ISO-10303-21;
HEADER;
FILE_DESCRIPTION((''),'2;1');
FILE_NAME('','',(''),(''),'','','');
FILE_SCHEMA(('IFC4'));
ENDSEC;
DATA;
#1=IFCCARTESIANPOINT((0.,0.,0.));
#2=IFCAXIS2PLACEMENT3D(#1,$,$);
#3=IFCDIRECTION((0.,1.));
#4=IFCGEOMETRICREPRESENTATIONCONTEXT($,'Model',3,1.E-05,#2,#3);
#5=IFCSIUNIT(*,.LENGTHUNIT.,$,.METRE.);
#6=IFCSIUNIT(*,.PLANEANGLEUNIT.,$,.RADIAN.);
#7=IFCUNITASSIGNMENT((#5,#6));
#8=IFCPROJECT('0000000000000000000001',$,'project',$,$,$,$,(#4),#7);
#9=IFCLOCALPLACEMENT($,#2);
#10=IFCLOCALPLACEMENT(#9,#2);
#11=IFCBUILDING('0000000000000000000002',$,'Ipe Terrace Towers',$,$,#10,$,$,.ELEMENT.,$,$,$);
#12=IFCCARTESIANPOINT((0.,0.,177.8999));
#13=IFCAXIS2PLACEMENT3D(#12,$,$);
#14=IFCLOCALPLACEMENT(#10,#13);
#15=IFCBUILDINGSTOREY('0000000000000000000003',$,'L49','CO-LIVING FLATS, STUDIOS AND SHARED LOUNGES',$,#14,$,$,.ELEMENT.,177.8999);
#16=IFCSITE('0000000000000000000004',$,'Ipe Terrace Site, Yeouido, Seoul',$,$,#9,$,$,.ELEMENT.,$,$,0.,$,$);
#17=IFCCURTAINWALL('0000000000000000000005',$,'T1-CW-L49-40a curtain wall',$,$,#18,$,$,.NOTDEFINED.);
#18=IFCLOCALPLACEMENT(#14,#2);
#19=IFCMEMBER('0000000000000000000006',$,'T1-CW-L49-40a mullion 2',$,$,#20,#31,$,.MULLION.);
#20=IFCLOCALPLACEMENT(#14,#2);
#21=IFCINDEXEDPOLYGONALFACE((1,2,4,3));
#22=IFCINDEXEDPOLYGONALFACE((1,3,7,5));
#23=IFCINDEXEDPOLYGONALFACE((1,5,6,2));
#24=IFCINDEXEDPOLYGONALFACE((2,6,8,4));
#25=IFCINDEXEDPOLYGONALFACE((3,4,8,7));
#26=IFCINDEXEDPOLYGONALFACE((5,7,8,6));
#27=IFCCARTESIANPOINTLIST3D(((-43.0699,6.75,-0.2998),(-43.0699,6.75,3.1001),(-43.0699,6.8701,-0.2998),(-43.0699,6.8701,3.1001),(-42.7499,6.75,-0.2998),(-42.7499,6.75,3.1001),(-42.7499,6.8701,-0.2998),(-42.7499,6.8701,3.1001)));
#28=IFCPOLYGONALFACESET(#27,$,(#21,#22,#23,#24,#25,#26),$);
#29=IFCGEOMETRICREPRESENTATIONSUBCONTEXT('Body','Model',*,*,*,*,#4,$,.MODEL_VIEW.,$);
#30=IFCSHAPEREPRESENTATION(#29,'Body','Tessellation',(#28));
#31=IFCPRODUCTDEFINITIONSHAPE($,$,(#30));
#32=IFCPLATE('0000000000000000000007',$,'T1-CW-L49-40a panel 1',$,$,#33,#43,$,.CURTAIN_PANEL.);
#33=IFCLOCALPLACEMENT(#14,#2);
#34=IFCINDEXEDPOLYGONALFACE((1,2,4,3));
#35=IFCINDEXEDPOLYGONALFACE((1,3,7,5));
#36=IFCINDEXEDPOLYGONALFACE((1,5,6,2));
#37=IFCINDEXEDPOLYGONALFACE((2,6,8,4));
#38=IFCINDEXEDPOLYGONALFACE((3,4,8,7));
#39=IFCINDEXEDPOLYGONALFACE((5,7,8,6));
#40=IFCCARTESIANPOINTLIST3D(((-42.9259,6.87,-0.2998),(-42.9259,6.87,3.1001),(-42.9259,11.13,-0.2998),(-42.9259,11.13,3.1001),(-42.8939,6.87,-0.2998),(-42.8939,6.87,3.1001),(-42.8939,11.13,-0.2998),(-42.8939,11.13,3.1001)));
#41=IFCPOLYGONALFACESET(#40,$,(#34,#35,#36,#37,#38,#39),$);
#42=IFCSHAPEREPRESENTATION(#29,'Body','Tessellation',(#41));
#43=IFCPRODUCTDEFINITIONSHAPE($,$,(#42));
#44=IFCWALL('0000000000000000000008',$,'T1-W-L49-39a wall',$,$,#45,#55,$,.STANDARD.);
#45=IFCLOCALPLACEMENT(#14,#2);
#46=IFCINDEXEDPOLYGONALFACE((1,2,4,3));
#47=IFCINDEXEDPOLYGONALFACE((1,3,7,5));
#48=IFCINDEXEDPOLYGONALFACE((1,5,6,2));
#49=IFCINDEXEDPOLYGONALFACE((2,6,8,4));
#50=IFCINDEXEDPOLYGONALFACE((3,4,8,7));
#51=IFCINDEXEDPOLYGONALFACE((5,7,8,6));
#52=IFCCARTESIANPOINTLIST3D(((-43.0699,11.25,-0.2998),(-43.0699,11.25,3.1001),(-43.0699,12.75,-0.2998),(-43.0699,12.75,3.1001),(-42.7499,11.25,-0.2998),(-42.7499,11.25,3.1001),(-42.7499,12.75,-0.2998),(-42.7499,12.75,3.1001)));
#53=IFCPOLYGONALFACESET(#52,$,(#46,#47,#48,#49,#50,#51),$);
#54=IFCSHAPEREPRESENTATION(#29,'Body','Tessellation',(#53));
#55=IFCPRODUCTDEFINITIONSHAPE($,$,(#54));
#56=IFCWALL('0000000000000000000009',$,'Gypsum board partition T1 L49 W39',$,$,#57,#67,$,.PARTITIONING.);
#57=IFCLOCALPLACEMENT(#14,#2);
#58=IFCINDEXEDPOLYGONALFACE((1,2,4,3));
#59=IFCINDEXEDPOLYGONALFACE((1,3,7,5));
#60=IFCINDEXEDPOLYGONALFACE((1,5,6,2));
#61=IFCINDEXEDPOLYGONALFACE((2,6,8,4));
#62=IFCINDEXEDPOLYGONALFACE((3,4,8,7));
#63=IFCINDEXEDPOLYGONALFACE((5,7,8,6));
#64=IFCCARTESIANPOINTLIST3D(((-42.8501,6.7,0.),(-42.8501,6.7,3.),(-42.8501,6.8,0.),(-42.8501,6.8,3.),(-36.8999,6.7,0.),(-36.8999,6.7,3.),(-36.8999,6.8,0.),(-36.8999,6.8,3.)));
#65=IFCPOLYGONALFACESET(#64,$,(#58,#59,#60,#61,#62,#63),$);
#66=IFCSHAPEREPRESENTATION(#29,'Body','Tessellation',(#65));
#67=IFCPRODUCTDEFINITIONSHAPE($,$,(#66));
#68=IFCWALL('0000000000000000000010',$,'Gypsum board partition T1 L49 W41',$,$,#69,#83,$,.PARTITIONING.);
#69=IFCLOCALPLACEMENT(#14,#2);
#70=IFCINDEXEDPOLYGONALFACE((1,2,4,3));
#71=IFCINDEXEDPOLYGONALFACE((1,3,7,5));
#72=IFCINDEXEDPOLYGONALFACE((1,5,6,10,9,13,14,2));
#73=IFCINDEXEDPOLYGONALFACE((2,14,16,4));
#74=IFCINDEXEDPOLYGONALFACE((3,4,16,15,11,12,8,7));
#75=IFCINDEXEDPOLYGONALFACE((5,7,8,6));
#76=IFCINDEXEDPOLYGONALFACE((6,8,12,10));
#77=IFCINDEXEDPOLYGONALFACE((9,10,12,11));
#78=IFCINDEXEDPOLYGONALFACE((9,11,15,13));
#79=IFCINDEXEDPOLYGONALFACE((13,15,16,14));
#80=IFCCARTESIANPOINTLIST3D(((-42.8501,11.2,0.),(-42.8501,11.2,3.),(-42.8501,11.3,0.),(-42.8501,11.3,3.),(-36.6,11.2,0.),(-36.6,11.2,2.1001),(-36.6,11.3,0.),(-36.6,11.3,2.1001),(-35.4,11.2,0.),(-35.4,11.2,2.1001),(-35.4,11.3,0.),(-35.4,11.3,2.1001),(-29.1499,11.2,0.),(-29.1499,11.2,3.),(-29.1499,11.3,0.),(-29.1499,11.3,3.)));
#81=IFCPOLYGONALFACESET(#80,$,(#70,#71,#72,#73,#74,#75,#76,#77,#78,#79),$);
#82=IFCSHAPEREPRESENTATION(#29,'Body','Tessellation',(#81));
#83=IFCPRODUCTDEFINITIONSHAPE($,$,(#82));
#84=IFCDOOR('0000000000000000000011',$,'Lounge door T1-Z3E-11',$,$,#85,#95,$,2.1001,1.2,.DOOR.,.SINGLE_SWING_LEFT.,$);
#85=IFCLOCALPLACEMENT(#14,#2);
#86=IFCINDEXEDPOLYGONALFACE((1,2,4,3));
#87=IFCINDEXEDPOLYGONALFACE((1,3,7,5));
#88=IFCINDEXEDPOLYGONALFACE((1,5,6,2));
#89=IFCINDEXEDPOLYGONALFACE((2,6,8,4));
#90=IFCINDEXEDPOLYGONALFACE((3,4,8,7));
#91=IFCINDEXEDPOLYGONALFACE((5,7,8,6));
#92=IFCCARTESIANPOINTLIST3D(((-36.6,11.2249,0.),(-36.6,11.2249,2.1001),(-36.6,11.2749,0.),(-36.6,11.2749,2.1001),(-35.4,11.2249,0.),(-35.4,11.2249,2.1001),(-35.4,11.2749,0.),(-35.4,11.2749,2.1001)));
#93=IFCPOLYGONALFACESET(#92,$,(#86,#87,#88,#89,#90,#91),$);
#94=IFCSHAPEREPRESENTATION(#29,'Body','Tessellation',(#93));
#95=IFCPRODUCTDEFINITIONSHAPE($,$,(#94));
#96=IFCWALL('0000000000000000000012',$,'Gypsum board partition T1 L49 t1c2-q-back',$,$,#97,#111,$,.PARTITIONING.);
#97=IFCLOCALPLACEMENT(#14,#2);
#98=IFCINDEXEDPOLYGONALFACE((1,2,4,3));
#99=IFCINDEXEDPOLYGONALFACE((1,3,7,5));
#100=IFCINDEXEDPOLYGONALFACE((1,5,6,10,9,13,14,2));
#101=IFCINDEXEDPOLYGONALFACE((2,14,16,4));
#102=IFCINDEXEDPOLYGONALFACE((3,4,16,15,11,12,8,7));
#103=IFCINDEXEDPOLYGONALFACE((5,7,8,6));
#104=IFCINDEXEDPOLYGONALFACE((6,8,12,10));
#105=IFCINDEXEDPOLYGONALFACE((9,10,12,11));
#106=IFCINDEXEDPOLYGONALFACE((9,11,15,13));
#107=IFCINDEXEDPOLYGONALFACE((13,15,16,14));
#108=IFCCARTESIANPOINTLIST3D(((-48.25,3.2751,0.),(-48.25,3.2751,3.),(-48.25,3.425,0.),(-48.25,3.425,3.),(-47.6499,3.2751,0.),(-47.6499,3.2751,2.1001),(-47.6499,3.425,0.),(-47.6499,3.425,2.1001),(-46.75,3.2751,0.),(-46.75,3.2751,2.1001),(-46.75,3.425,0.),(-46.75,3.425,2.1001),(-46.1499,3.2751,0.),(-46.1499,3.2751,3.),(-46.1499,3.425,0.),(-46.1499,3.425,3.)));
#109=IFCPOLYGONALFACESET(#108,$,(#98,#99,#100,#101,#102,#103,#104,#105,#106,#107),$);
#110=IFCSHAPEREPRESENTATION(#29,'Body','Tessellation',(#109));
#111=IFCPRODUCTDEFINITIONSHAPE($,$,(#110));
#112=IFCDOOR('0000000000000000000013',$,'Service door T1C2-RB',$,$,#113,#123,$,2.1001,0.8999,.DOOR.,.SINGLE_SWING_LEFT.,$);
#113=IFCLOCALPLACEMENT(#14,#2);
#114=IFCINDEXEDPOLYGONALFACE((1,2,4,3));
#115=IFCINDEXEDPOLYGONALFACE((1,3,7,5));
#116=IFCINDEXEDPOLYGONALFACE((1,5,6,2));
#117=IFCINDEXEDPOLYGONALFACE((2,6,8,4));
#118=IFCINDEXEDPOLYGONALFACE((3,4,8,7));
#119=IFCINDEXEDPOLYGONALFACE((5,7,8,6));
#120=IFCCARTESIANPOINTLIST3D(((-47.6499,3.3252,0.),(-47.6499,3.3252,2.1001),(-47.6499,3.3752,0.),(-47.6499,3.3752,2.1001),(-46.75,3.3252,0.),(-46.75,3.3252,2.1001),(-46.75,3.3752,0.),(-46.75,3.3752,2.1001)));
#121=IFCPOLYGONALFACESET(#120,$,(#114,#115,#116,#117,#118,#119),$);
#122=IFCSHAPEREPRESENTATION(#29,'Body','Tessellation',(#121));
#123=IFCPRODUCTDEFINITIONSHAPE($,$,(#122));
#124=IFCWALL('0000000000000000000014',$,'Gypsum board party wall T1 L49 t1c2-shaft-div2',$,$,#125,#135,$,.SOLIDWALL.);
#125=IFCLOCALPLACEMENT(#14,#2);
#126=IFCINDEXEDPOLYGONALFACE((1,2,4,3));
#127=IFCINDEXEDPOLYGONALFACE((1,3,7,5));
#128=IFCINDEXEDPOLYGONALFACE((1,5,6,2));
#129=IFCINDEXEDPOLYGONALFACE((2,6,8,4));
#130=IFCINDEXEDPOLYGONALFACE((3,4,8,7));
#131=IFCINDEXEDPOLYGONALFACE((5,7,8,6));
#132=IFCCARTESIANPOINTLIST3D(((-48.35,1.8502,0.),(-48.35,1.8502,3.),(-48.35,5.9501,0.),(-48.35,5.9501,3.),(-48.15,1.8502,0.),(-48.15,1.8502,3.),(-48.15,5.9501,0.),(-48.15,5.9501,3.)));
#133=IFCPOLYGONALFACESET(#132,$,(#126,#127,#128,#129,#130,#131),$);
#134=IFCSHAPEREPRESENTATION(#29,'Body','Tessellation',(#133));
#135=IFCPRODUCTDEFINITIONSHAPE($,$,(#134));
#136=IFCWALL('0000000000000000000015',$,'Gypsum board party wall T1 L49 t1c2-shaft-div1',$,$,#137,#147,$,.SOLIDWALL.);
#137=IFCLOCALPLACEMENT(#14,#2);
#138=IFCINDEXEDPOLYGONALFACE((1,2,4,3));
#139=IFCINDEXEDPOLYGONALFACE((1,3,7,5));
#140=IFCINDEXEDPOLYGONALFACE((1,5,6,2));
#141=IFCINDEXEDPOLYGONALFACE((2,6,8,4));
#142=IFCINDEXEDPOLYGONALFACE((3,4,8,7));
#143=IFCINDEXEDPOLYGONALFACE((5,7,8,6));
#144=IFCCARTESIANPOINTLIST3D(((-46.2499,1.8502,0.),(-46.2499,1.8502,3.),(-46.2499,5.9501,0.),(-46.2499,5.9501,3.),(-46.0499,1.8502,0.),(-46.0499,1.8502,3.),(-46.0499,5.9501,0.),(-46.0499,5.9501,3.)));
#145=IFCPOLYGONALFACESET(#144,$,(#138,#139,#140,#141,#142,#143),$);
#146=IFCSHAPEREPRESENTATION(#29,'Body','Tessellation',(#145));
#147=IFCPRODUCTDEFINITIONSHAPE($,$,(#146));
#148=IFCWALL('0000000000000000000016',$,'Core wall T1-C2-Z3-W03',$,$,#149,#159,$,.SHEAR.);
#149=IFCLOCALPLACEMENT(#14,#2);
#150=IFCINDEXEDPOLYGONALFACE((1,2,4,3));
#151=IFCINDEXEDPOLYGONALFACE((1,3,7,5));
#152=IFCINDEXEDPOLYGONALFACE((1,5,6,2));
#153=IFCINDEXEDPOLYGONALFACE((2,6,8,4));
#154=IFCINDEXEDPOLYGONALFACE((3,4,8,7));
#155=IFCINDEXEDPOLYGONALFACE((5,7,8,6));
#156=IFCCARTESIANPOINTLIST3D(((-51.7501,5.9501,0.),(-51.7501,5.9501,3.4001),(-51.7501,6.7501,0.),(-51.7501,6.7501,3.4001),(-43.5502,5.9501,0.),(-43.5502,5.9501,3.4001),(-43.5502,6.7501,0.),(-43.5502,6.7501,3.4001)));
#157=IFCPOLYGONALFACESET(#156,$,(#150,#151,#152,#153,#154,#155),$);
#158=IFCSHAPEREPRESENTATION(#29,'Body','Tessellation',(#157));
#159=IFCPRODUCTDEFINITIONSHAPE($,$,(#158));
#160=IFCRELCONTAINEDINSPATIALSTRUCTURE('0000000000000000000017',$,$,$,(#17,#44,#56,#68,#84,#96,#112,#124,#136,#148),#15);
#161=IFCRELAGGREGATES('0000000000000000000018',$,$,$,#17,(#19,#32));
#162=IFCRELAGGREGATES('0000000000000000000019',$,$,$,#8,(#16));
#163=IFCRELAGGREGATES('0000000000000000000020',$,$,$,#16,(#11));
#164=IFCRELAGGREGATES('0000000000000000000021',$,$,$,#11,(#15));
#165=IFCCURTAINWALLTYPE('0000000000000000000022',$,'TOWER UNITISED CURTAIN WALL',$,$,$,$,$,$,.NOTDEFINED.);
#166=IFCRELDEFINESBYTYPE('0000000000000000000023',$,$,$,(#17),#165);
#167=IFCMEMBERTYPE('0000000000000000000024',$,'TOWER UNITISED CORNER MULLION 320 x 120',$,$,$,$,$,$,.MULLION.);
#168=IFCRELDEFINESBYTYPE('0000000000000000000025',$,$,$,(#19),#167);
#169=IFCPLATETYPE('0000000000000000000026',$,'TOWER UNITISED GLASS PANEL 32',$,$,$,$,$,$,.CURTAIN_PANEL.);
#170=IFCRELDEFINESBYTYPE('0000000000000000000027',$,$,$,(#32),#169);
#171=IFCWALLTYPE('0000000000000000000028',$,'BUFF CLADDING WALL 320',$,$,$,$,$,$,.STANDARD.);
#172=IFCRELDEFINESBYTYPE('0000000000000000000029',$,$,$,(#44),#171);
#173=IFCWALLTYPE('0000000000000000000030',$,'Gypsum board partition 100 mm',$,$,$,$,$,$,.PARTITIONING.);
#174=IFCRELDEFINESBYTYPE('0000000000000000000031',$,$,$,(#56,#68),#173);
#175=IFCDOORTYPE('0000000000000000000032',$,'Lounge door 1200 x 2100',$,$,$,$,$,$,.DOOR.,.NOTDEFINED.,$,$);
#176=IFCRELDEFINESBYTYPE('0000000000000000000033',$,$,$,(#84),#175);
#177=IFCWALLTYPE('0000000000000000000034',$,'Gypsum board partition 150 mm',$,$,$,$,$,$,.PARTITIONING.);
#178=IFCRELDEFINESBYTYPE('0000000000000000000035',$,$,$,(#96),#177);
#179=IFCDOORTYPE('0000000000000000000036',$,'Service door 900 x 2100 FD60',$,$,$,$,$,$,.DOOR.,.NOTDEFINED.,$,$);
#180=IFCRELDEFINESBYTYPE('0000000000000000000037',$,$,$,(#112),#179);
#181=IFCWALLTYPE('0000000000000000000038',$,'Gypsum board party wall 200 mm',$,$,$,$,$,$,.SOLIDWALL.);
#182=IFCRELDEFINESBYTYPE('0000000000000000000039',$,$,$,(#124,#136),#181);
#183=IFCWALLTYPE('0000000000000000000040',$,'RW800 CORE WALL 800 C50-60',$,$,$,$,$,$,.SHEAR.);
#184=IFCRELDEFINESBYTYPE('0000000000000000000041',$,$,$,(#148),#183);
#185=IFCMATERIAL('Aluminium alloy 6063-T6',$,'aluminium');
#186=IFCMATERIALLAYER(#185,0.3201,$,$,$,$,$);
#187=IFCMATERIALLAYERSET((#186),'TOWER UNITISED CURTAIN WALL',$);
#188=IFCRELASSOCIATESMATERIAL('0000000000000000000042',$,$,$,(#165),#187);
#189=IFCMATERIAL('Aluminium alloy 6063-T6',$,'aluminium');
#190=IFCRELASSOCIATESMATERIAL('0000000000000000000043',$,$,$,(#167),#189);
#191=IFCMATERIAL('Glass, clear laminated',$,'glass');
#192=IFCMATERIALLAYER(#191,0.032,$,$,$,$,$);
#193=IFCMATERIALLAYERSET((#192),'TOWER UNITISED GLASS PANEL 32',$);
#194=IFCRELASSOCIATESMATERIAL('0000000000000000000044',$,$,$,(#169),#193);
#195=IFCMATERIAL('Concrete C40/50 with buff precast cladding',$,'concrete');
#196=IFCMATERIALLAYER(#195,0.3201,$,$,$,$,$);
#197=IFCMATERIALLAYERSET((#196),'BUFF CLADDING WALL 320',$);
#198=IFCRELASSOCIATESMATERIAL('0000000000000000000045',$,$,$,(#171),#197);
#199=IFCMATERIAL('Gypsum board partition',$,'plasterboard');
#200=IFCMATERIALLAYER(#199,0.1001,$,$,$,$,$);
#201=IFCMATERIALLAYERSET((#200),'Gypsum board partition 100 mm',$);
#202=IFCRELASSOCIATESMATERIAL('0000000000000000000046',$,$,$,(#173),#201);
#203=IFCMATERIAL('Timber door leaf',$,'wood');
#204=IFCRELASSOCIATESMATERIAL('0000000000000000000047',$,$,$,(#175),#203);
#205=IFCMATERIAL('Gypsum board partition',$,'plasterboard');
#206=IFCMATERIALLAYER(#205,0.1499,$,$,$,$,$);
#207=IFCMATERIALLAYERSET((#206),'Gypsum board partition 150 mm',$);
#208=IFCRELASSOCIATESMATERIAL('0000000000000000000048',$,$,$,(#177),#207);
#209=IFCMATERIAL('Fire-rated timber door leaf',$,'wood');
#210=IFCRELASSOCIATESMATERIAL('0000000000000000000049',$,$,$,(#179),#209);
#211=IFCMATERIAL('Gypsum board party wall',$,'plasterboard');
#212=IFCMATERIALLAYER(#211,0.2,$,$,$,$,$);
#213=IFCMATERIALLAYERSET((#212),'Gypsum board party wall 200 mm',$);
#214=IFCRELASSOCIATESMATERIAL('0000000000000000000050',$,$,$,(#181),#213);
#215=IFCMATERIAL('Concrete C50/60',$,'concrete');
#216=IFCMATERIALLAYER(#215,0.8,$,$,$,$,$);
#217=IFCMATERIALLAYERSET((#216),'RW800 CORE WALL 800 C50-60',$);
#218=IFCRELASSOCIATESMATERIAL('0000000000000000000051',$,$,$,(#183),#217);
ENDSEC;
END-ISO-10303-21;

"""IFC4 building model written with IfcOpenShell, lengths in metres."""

from ifc_helpers import new_model, si_unit, direction, frame, frame_2d, origin, origin_2d, place, context, subcontext, project, spatial, rectangle, extrude, material, layer, layer_set, material_profile, profile_set, type_object, element, fill, aggregate, save


model = new_model("IFC4")

# Units and contexts
model_context = context("Model", 3, precision=1e-05, world=origin(), true_north=direction((0.0, 1.0)))
body_context = subcontext(model_context, "Body", "Model", "MODEL_VIEW")
ifc_project = project(units=[si_unit("LENGTHUNIT", "METRE"), si_unit("PLANEANGLEUNIT", "RADIAN")], contexts=[model_context])

# Site, building, storey
site_placement = place(None, origin())
site = spatial("IfcSite", under=ifc_project, at=site_placement, Name="Ipe Terrace Site, Yeouido, Seoul", CompositionType="ELEMENT", RefElevation=0.0)
building_placement = place(site_placement, origin())
building = spatial("IfcBuilding", under=site, at=building_placement, Name="Ipe Terrace Towers", CompositionType="ELEMENT")
storey_placement = place(building_placement, frame((0.0, 0.0, 177.8999)))
storey = spatial("IfcBuildingStorey", under=building, at=storey_placement, Name="L49", Description="CO-LIVING FLATS, STUDIOS AND SHARED LOUNGES", CompositionType="ELEMENT", Elevation=177.8999)

# Curtain wall, member, plate
ifc_material_1 = material(Name="Aluminium alloy 6063-T6", Category="aluminium")
ifc_layer_1 = layer(ifc_material_1, 0.3201)
ifc_layer_set_1 = layer_set([ifc_layer_1], Name="TOWER UNITISED CURTAIN WALL")
curtain_wall_type = type_object("IfcCurtainWallType", Name="TOWER UNITISED CURTAIN WALL", PredefinedType="NOTDEFINED", material=ifc_layer_set_1)
curtain_wall_placement = place(storey_placement, origin())
curtain_wall = element("IfcCurtainWall", 1, at=curtain_wall_placement, inside=storey, type_object=curtain_wall_type, Name="T1-CW-L49-40a curtain wall", PredefinedType="NOTDEFINED")
ifc_material_2 = material(Name="Aluminium alloy 6063-T6", Category="aluminium")
ifc_material_profile_1 = material_profile(ifc_material_2, rectangle(XDim=0.3201, YDim=0.1201, at=origin_2d()), Name="TOWER UNITISED CORNER MULLION 320 x 120")
ifc_profile_set_1 = profile_set([ifc_material_profile_1], Name="Aluminium alloy 6063-T6")
member_type = type_object("IfcMemberType", Name="TOWER UNITISED CORNER MULLION 320 x 120", PredefinedType="MULLION", material=ifc_profile_set_1)
member_1_placement = place(storey_placement, frame((-42.9099, 6.8101, -0.2998), z_axis=(0.0, 0.0, 1.0), x_axis=(-1.0, 0.0, 0.0)))
member_1 = element("IfcMember", 2, at=member_1_placement, type_object=member_type, Name="T1-CW-L49-40a mullion 2", PredefinedType="MULLION", context=body_context, shape_type="SweptSolid", body=[
    extrude(rectangle(XDim=0.3201, YDim=0.1201, at=origin_2d()), origin(), (0.0, 0.0, 1.0), 3.3999),
])
ifc_material_3 = material(Name="Glass, clear laminated", Category="glass")
ifc_layer_2 = layer(ifc_material_3, 0.032)
ifc_layer_set_2 = layer_set([ifc_layer_2], Name="TOWER UNITISED GLASS PANEL 32")
plate_type = type_object("IfcPlateType", Name="TOWER UNITISED GLASS PANEL 32", PredefinedType="CURTAIN_PANEL", material=ifc_layer_set_2)
plate_placement = place(storey_placement, frame((-42.9099, 9.0, -0.2998), z_axis=(0.0, 0.0, 1.0), x_axis=(0.0, -1.0, 0.0)))
plate = element("IfcPlate", 3, at=plate_placement, type_object=plate_type, Name="T1-CW-L49-40a panel 1", PredefinedType="CURTAIN_PANEL", context=body_context, shape_type="SweptSolid", body=[
    extrude(rectangle(XDim=4.26, YDim=0.032, at=origin_2d()), origin(), (0.0, 0.0, 1.0), 3.3999),
])
aggregate(curtain_wall, [member_1, plate])

# Walls
ifc_material_4 = material(Name="Concrete C40/50 with buff precast cladding", Category="concrete")
ifc_layer_3 = layer(ifc_material_4, 0.3201)
ifc_layer_set_3 = layer_set([ifc_layer_3], Name="BUFF CLADDING WALL 320")
wall_type_1 = type_object("IfcWallType", Name="BUFF CLADDING WALL 320", PredefinedType="STANDARD", material=ifc_layer_set_3)
wall_1_placement = place(storey_placement, frame((-42.9099, 12.75, -0.2998), z_axis=(0.0, 0.0, 1.0), x_axis=(0.0, -1.0, 0.0)))
element("IfcWall", 4, at=wall_1_placement, inside=storey, type_object=wall_type_1, Name="T1-W-L49-39a wall", PredefinedType="STANDARD", context=body_context, shape_type="SweptSolid", body=[
    extrude(rectangle(XDim=1.5, YDim=0.3201, at=frame_2d((0.75, 0.0))), origin(), (0.0, 0.0, 1.0), 3.3999),
])
ifc_material_5 = material(Name="Gypsum board partition", Category="plasterboard")
ifc_layer_4 = layer(ifc_material_5, 0.1001)
ifc_layer_set_4 = layer_set([ifc_layer_4], Name="Gypsum board partition 100 mm")
wall_type_2 = type_object("IfcWallType", Name="Gypsum board partition 100 mm", PredefinedType="PARTITIONING", material=ifc_layer_set_4)
wall_2_placement = place(storey_placement, frame((-42.8501, 6.75, 0.0), z_axis=(0.0, 0.0, 1.0), x_axis=(1.0, 0.0, 0.0)))
element("IfcWall", 5, at=wall_2_placement, inside=storey, type_object=wall_type_2, Name="Gypsum board partition T1 L49 W39", PredefinedType="PARTITIONING", context=body_context, shape_type="SweptSolid", body=[
    extrude(rectangle(XDim=5.9502, YDim=0.1001, at=frame_2d((2.9751, 0.0))), origin(), (0.0, 0.0, 1.0), 3.0),
])

# Walls, openings, doors
wall_3_placement = place(storey_placement, frame((-42.8501, 11.25, 0.0), z_axis=(0.0, 0.0, 1.0), x_axis=(1.0, 0.0, 0.0)))
wall_3 = element("IfcWall", 6, at=wall_3_placement, inside=storey, type_object=wall_type_2, Name="Gypsum board partition T1 L49 W41", PredefinedType="PARTITIONING", context=body_context, shape_type="SweptSolid", body=[
    extrude(rectangle(XDim=13.7002, YDim=0.1001, at=frame_2d((6.8501, 0.0))), origin(), (0.0, 0.0, 1.0), 3.0),
])
opening_1_placement = place(wall_3_placement, frame((6.25, 0.0, 0.0)))
opening_1 = element("IfcOpeningElement", 7, at=opening_1_placement, cuts=wall_3, PredefinedType="OPENING", context=body_context, shape_type="SweptSolid", body=[
    extrude(rectangle(XDim=1.2, YDim=2.1001, at=frame_2d((0.6001, 1.05))), frame((0.0, 0.0601, 0.0), z_axis=(0.0, -1.0, 0.0), x_axis=(1.0, 0.0, 0.0)), (0.0, 0.0, 1.0), 0.1201),
])
ifc_material_6 = material(Name="Timber door leaf", Category="wood")
door_type_1 = type_object("IfcDoorType", Name="Lounge door 1200 x 2100", OperationType="NOTDEFINED", PredefinedType="DOOR", material=ifc_material_6)
door_1_placement = place(opening_1_placement, origin())
door_1 = element("IfcDoor", 8, at=door_1_placement, inside=storey, type_object=door_type_1, Name="Lounge door T1-Z3E-11", OperationType="SINGLE_SWING_LEFT", OverallHeight=2.1001, OverallWidth=1.2, PredefinedType="DOOR", context=body_context, shape_type="SweptSolid", body=[
    extrude(rectangle(XDim=1.2, YDim=2.1001, at=frame_2d((0.6001, 1.05))), frame((0.0, 0.0249, 0.0), z_axis=(0.0, -1.0, 0.0), x_axis=(1.0, 0.0, 0.0)), (0.0, 0.0, 1.0), 0.05),
])
fill(opening_1, door_1)
ifc_material_7 = material(Name="Gypsum board partition", Category="plasterboard")
ifc_layer_5 = layer(ifc_material_7, 0.1499)
ifc_layer_set_5 = layer_set([ifc_layer_5], Name="Gypsum board partition 150 mm")
wall_type_3 = type_object("IfcWallType", Name="Gypsum board partition 150 mm", PredefinedType="PARTITIONING", material=ifc_layer_set_5)
wall_4_placement = place(storey_placement, frame((-46.1499, 3.3501, 0.0), z_axis=(0.0, 0.0, 1.0), x_axis=(-1.0, 0.0, 0.0)))
wall_4 = element("IfcWall", 9, at=wall_4_placement, inside=storey, type_object=wall_type_3, Name="Gypsum board partition T1 L49 t1c2-q-back", PredefinedType="PARTITIONING", context=body_context, shape_type="SweptSolid", body=[
    extrude(rectangle(XDim=2.1001, YDim=0.1499, at=frame_2d((1.05, 0.0))), origin(), (0.0, 0.0, 1.0), 3.0),
])
opening_2_placement = place(wall_4_placement, frame((0.6001, 0.0, 0.0)))
opening_2 = element("IfcOpeningElement", 10, at=opening_2_placement, cuts=wall_4, PredefinedType="OPENING", context=body_context, shape_type="SweptSolid", body=[
    extrude(rectangle(XDim=0.8999, YDim=2.1001, at=frame_2d((0.45, 1.05))), frame((0.0, 0.085, 0.0), z_axis=(0.0, -1.0, 0.0), x_axis=(1.0, 0.0, 0.0)), (0.0, 0.0, 1.0), 0.1699),
])
ifc_material_8 = material(Name="Fire-rated timber door leaf", Category="wood")
door_type_2 = type_object("IfcDoorType", Name="Service door 900 x 2100 FD60", OperationType="NOTDEFINED", PredefinedType="DOOR", material=ifc_material_8)
door_2_placement = place(opening_2_placement, origin())
door_2 = element("IfcDoor", 11, at=door_2_placement, inside=storey, type_object=door_type_2, Name="Service door T1C2-RB", OperationType="SINGLE_SWING_LEFT", OverallHeight=2.1001, OverallWidth=0.8999, PredefinedType="DOOR", context=body_context, shape_type="SweptSolid", body=[
    extrude(rectangle(XDim=0.8999, YDim=2.1001, at=frame_2d((0.45, 1.05))), frame((0.0, 0.0249, 0.0), z_axis=(0.0, -1.0, 0.0), x_axis=(1.0, 0.0, 0.0)), (0.0, 0.0, 1.0), 0.05),
])
fill(opening_2, door_2)

# Walls
ifc_material_9 = material(Name="Gypsum board party wall", Category="plasterboard")
ifc_layer_6 = layer(ifc_material_9, 0.2)
ifc_layer_set_6 = layer_set([ifc_layer_6], Name="Gypsum board party wall 200 mm")
wall_type_4 = type_object("IfcWallType", Name="Gypsum board party wall 200 mm", PredefinedType="SOLIDWALL", material=ifc_layer_set_6)
for number, where, z_axis, x_axis, name in (
    (12, (-48.25, 5.95, 0.0), (0.0, 0.0, 1.0), (0.0, -1.0, 0.0), "Gypsum board party wall T1 L49 t1c2-shaft-div2"),
    (13, (-46.1499, 5.95, 0.0), (0.0, 0.0, 1.0), (0.0, -1.0, 0.0), "Gypsum board party wall T1 L49 t1c2-shaft-div1"),
):
    element("IfcWall", number, at=place(storey_placement, frame(where, z_axis=z_axis, x_axis=x_axis)), inside=storey, type_object=wall_type_4, Name=name, PredefinedType="SOLIDWALL", context=body_context, shape_type="SweptSolid", body=[
        extrude(rectangle(XDim=4.0999, YDim=0.2, at=frame_2d((2.0498, 0.0))), origin(), (0.0, 0.0, 1.0), 3.0),
    ])
ifc_material_10 = material(Name="Concrete C50/60", Category="concrete")
ifc_layer_7 = layer(ifc_material_10, 0.8)
ifc_layer_set_7 = layer_set([ifc_layer_7], Name="RW800 CORE WALL 800 C50-60")
wall_type_5 = type_object("IfcWallType", Name="RW800 CORE WALL 800 C50-60", PredefinedType="SHEAR", material=ifc_layer_set_7)
wall_5_placement = place(storey_placement, frame((-43.55, 6.3501, 0.0), z_axis=(0.0, 0.0, 1.0), x_axis=(-1.0, 0.0, 0.0)))
element("IfcWall", 14, at=wall_5_placement, inside=storey, type_object=wall_type_5, Name="Core wall T1-C2-Z3-W03", PredefinedType="SHEAR", context=body_context, shape_type="SweptSolid", body=[
    extrude(rectangle(XDim=8.2, YDim=0.8, at=frame_2d((4.1001, 0.0))), origin(), (0.0, 0.0, 1.0), 3.4001),
])

save(model, "model.ifc")
